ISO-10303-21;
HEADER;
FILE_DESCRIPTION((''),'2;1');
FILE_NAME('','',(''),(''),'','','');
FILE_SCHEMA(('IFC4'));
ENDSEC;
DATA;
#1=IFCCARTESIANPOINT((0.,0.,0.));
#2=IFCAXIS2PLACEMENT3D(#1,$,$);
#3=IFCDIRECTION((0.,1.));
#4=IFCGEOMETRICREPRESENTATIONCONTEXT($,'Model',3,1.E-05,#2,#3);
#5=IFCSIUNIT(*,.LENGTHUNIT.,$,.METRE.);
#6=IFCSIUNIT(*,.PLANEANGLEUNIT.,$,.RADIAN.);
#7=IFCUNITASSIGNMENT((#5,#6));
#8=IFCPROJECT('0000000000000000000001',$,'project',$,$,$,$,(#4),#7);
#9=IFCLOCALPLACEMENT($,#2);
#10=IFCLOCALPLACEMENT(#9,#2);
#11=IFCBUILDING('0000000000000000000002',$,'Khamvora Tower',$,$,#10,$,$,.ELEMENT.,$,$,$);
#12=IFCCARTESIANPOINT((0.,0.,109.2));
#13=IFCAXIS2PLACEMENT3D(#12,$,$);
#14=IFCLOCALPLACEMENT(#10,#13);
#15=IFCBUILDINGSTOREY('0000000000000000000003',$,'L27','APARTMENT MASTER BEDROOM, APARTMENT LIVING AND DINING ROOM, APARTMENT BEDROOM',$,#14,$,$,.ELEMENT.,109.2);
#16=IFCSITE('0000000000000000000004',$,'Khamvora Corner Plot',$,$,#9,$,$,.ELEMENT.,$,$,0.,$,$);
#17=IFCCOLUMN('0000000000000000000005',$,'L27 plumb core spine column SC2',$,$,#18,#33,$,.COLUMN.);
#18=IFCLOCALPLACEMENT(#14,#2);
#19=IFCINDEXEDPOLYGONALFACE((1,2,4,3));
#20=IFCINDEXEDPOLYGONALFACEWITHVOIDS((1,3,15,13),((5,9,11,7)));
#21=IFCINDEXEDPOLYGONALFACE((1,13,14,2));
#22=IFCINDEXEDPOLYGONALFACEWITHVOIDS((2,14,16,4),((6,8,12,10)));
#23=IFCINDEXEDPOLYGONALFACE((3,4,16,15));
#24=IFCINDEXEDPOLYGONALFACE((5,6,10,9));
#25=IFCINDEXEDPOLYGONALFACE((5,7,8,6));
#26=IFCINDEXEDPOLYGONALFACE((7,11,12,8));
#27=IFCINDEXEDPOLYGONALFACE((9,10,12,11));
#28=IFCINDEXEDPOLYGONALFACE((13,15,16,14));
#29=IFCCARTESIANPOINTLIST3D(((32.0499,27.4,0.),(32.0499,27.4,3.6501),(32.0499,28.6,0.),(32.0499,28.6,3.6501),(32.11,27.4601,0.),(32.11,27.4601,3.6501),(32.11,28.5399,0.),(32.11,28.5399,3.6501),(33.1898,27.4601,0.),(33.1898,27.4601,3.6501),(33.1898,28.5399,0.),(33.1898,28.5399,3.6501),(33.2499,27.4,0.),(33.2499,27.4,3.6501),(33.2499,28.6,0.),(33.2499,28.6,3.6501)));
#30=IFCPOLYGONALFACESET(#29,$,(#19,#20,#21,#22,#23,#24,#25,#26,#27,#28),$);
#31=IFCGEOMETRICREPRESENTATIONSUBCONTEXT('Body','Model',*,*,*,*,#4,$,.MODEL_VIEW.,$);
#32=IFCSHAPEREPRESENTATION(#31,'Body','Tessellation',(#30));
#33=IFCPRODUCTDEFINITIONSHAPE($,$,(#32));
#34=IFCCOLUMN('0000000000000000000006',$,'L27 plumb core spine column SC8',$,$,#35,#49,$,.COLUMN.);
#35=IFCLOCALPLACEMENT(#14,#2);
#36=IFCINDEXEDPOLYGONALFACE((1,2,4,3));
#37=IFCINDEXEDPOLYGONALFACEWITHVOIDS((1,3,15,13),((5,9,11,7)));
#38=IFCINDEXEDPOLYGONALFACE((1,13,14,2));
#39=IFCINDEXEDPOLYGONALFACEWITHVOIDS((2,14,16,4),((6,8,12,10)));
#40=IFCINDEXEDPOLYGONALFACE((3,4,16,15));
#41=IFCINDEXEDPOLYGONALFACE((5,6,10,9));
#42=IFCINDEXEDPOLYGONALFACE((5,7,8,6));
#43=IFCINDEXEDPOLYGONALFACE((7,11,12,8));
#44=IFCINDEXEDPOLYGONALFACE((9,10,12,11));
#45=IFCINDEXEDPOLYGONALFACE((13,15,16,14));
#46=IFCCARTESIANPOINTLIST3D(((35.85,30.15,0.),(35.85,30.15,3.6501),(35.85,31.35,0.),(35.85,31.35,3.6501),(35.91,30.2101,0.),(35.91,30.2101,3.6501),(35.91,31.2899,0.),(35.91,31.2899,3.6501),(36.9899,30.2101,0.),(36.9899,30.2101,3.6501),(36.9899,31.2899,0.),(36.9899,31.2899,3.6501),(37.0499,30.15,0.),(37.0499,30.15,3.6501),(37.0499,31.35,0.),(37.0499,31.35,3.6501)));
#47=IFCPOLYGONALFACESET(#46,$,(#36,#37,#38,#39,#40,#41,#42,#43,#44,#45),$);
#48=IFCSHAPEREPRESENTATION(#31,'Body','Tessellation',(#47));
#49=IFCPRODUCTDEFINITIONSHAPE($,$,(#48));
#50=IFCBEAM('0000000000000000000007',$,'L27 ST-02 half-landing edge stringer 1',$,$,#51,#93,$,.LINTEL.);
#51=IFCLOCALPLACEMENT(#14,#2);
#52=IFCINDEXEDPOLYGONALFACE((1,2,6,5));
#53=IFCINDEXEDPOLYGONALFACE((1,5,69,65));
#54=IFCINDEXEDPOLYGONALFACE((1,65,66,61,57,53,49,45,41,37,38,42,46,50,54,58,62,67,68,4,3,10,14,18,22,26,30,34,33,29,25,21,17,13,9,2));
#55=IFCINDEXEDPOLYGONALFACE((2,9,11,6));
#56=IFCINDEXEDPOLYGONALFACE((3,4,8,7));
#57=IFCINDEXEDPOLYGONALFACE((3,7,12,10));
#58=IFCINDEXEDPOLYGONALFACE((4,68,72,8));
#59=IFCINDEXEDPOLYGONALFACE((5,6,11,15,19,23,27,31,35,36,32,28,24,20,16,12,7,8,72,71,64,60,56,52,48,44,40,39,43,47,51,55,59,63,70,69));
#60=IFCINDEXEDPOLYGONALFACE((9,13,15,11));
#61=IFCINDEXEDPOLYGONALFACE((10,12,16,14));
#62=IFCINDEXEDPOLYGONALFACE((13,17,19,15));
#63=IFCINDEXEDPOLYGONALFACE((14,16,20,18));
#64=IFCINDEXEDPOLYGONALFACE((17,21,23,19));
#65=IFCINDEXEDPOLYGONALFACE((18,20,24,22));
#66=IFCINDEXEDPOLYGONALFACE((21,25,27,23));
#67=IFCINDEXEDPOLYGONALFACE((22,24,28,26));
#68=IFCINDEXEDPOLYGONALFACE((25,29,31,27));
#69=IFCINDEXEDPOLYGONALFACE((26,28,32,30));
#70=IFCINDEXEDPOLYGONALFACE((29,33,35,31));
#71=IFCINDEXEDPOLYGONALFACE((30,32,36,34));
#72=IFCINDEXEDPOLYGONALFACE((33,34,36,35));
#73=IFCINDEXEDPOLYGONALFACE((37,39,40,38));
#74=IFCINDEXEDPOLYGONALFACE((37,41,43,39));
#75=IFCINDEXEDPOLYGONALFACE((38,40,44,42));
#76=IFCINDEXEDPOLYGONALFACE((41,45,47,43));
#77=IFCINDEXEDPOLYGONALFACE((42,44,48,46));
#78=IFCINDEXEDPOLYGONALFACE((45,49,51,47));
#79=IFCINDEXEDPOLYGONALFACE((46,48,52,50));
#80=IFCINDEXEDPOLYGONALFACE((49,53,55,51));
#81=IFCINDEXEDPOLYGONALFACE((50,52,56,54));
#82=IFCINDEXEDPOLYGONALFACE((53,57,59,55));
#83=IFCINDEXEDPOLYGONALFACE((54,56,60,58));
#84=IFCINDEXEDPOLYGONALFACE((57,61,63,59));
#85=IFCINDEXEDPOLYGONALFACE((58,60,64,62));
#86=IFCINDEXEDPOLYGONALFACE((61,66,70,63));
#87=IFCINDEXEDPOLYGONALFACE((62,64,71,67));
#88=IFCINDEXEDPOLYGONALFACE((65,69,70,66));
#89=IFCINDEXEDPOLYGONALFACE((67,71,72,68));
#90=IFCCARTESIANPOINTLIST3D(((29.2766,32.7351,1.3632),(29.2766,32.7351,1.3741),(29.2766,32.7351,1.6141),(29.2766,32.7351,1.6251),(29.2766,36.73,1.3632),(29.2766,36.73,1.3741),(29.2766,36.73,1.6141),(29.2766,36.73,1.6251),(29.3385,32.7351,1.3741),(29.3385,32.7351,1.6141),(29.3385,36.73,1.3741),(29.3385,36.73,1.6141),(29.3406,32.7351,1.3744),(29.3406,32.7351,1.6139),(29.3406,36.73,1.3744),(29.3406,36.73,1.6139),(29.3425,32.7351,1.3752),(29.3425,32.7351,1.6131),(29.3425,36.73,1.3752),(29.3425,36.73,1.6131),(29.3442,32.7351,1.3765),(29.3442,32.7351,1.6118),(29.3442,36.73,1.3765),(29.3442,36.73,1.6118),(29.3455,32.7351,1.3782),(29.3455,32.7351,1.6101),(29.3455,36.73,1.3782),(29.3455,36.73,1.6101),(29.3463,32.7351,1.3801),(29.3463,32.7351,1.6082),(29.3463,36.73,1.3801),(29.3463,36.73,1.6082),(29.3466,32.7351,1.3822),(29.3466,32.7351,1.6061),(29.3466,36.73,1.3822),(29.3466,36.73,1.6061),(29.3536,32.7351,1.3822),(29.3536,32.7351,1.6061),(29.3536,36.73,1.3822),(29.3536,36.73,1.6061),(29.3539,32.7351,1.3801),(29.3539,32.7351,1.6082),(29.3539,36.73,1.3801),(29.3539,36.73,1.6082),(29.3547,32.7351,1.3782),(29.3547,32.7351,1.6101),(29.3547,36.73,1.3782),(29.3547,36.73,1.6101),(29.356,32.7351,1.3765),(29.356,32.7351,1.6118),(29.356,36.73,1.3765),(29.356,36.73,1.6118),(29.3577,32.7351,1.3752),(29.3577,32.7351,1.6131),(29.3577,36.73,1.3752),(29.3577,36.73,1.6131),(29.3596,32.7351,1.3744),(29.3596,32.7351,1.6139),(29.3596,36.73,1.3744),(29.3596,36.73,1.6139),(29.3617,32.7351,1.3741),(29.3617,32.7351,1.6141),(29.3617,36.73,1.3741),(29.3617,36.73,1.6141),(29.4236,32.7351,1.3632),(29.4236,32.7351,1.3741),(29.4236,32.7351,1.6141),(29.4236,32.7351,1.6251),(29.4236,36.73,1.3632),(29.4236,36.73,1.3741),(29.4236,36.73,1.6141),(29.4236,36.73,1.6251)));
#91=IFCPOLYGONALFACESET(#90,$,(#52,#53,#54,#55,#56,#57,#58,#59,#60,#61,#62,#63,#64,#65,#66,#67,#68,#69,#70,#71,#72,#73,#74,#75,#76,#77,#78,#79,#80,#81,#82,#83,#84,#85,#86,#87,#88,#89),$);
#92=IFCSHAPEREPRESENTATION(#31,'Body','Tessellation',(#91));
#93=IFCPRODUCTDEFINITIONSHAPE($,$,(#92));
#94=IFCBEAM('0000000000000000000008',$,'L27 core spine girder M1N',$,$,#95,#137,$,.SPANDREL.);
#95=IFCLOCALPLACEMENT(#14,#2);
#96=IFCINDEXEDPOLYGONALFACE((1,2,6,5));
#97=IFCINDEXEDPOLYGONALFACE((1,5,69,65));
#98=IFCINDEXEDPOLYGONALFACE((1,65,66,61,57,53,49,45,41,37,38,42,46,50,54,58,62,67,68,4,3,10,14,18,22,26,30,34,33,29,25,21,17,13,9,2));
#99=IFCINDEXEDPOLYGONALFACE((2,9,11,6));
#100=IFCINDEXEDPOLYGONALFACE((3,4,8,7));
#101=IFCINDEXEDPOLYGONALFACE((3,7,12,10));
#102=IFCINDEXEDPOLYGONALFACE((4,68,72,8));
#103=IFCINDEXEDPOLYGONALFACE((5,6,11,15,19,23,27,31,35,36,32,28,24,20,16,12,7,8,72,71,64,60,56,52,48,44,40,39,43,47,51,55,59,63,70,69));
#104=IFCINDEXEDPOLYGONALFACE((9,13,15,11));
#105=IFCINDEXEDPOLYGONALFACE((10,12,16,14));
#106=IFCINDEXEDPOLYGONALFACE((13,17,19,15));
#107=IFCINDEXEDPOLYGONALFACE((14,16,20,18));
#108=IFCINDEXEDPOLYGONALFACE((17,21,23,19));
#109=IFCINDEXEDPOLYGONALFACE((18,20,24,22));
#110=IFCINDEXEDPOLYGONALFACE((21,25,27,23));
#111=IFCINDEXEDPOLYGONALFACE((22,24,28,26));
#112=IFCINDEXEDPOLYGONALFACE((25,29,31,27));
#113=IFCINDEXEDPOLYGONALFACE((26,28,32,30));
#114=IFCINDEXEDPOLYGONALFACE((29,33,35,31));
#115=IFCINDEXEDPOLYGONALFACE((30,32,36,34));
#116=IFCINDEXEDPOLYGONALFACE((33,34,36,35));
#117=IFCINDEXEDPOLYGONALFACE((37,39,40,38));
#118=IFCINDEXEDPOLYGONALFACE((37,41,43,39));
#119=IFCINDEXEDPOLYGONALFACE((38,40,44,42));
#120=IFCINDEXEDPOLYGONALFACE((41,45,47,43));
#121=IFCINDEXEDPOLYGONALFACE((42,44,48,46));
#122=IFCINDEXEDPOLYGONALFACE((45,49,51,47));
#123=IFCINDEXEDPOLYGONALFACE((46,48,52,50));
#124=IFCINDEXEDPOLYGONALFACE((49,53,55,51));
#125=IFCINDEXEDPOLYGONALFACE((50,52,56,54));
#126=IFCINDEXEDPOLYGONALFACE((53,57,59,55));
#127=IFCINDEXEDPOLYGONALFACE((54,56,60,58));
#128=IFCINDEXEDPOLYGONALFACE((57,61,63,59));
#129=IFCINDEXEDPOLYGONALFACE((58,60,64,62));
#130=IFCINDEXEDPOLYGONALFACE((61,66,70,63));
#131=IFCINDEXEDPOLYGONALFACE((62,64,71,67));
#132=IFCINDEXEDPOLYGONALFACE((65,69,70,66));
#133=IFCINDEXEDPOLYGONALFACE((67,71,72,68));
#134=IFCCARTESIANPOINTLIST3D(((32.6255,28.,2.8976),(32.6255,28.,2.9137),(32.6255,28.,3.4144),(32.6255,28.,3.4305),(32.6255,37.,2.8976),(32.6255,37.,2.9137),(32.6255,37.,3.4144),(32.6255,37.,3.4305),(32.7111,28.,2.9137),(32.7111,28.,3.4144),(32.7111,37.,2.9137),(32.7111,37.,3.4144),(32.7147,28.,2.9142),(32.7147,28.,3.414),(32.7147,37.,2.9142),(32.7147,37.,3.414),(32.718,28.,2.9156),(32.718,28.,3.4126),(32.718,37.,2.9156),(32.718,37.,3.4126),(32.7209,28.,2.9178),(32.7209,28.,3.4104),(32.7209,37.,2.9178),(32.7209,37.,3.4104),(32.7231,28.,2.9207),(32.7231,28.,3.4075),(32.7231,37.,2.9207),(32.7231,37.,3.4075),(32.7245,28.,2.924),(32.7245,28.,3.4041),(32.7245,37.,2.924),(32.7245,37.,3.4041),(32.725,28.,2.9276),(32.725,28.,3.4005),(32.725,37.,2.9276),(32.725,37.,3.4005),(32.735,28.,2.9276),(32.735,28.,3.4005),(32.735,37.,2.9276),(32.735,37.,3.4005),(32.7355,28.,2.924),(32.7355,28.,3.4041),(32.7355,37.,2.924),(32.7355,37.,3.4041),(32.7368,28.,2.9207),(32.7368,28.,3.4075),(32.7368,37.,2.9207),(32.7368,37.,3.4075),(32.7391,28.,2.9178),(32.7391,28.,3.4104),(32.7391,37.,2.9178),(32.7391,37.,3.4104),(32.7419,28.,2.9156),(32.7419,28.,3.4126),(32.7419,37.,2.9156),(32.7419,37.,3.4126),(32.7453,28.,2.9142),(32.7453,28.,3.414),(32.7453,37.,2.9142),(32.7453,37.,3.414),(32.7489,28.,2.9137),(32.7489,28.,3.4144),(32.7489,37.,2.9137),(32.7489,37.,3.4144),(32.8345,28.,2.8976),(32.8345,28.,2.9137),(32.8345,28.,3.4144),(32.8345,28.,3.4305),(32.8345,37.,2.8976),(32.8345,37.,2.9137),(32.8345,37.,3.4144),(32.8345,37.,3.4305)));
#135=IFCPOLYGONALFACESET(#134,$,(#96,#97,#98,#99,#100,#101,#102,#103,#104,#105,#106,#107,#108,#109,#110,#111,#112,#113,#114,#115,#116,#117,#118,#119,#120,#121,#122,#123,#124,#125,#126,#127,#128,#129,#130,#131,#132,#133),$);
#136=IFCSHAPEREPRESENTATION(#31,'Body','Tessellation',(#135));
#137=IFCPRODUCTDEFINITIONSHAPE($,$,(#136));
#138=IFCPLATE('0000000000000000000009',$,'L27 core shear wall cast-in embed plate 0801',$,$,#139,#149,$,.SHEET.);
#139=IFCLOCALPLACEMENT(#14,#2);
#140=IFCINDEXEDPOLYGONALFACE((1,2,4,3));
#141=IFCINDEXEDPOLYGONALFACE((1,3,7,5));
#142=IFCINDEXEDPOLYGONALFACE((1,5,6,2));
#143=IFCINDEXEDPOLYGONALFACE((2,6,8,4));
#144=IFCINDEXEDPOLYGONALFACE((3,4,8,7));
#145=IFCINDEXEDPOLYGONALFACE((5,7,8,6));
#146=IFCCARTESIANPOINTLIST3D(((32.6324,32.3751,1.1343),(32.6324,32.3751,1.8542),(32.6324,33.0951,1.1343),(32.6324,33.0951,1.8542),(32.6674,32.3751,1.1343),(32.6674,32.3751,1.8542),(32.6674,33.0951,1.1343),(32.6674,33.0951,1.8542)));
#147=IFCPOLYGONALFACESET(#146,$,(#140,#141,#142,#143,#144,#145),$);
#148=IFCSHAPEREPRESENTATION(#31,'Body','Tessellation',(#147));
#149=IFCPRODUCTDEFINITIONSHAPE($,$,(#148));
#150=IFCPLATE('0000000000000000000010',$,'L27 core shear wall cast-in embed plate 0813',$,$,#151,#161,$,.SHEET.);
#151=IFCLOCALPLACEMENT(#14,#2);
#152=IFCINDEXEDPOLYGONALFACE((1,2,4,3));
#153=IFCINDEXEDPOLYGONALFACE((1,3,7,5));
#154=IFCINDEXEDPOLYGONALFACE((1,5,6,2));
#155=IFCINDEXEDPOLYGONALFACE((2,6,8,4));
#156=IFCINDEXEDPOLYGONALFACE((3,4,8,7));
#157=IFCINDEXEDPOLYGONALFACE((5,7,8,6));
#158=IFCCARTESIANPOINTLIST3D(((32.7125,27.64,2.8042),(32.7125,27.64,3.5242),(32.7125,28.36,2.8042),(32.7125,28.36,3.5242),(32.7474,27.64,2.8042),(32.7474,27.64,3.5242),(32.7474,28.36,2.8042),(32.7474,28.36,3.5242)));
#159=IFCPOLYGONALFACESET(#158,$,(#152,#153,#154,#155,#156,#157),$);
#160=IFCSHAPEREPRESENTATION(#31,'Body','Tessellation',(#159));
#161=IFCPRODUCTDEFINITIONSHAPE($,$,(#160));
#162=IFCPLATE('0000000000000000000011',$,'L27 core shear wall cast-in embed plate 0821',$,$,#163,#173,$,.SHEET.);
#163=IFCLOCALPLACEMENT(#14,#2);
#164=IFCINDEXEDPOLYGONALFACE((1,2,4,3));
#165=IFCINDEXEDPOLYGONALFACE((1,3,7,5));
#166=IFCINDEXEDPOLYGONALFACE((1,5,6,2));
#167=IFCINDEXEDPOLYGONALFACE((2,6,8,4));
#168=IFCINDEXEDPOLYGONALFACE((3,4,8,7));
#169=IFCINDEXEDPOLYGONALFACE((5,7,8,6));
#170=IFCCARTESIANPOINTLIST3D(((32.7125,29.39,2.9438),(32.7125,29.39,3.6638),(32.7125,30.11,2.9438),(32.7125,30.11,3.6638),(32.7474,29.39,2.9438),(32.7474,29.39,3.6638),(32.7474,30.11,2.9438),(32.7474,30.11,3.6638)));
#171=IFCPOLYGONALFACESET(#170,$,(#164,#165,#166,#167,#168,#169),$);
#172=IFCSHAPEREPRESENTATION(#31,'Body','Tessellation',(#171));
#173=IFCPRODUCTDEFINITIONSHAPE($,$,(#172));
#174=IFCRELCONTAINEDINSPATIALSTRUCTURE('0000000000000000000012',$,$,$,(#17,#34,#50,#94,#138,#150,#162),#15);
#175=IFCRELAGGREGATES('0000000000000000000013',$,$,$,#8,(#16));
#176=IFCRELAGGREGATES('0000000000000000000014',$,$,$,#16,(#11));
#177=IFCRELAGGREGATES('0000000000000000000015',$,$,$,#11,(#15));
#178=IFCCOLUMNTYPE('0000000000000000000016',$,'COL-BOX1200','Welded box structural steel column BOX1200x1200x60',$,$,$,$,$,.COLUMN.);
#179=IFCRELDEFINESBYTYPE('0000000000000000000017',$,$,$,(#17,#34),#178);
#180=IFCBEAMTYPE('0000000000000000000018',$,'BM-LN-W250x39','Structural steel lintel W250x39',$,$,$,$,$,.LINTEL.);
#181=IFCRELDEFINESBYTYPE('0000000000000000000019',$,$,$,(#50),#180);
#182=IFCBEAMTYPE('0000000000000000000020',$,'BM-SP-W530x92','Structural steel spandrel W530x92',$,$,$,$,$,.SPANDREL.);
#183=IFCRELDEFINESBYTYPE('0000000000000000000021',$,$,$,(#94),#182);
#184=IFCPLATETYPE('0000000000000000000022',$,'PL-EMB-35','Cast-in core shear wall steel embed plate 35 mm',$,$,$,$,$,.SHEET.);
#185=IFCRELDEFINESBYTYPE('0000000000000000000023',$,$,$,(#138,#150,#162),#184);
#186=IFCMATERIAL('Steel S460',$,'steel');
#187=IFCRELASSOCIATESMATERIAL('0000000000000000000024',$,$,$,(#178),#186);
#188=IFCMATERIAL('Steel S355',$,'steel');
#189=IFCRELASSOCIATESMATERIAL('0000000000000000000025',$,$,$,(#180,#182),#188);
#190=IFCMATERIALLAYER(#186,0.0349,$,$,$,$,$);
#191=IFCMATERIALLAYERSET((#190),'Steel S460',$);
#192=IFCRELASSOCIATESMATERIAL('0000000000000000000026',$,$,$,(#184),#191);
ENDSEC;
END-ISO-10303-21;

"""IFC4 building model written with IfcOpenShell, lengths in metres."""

from ifc_helpers import new_model, si_unit, direction, frame, origin, origin_2d, place, context, subcontext, project, spatial, rectangle, hollow_rectangle, i_section, extrude, material, layer, layer_set, material_profile, profile_set, type_object, element, save


model = new_model("IFC4")

# Units and contexts
model_context = context("Model", 3, precision=1e-05, world=origin(), true_north=direction((0.0, 1.0)))
body_context = subcontext(model_context, "Body", "Model", "MODEL_VIEW")
ifc_project = project(units=[si_unit("LENGTHUNIT", "METRE"), si_unit("PLANEANGLEUNIT", "RADIAN")], contexts=[model_context])

# Site, building, storey
site_placement = place(None, origin())
site = spatial("IfcSite", under=ifc_project, at=site_placement, Name="Khamvora Corner Plot", CompositionType="ELEMENT", RefElevation=0.0)
building_placement = place(site_placement, origin())
building = spatial("IfcBuilding", under=site, at=building_placement, Name="Khamvora Tower", CompositionType="ELEMENT")
storey_placement = place(building_placement, frame((0.0, 0.0, 109.2)))
storey = spatial("IfcBuildingStorey", under=building, at=storey_placement, Name="L27", Description="APARTMENT MASTER BEDROOM, APARTMENT LIVING AND DINING ROOM, APARTMENT BEDROOM", CompositionType="ELEMENT", Elevation=109.2)

# Columns
ifc_material_1 = material(Name="Steel S460", Category="steel")
ifc_material_profile_1 = material_profile(ifc_material_1, hollow_rectangle(XDim=1.2, YDim=1.2, WallThickness=0.0601, at=origin_2d()), Name="BOX1200x1200x60")
ifc_profile_set_1 = profile_set([ifc_material_profile_1], Name="Steel S460")
column_type = type_object("IfcColumnType", Name="COL-BOX1200", Description="Welded box structural steel column BOX1200x1200x60", PredefinedType="COLUMN", material=ifc_profile_set_1)
for number, where, z_axis, x_axis, name in (
    (1, (32.6499, 28.0, 0.0), (0.0, 0.0, 1.0), (1.0, 0.0, 0.0), "L27 plumb core spine column SC2"),
    (2, (36.45, 30.75, 0.0), (0.0, 0.0, 1.0), (1.0, 0.0, 0.0), "L27 plumb core spine column SC8"),
):
    element("IfcColumn", number, at=place(storey_placement, frame(where, z_axis=z_axis, x_axis=x_axis)), inside=storey, type_object=column_type, Name=name, PredefinedType="COLUMN", context=body_context, shape_type="SweptSolid", body=[
        extrude(hollow_rectangle(XDim=1.2, YDim=1.2, WallThickness=0.0601, at=origin_2d()), origin(), (0.0, 0.0, 1.0), 3.6501),
    ])

# Beams
ifc_material_2 = material(Name="Steel S355", Category="steel")
ifc_material_profile_2 = material_profile(ifc_material_2, i_section(OverallWidth=0.147, OverallDepth=0.262, WebThickness=0.0071, FlangeThickness=0.011, FilletRadius=0.0081, at=origin_2d()), Name="W250x39")
ifc_profile_set_2 = profile_set([ifc_material_profile_2], Name="Steel S355")
beam_type_1 = type_object("IfcBeamType", Name="BM-LN-W250x39", Description="Structural steel lintel W250x39", PredefinedType="LINTEL", material=ifc_profile_set_2)
beam_1_placement = place(storey_placement, frame((29.3501, 32.7351, 1.4941), z_axis=(0.0, 1.0, 0.0), x_axis=(-1.0, 0.0, 0.0)))
element("IfcBeam", 3, at=beam_1_placement, inside=storey, type_object=beam_type_1, Name="L27 ST-02 half-landing edge stringer 1", PredefinedType="LINTEL", context=body_context, shape_type="SweptSolid", body=[
    extrude(i_section(OverallWidth=0.147, OverallDepth=0.262, WebThickness=0.0071, FlangeThickness=0.011, FilletRadius=0.0081, at=origin_2d()), origin(), (0.0, 0.0, 1.0), 3.9949),
])
ifc_material_profile_3 = material_profile(ifc_material_2, i_section(OverallWidth=0.209, OverallDepth=0.533, WebThickness=0.01, FlangeThickness=0.0161, FilletRadius=0.0139, at=origin_2d()), Name="W530x92")
ifc_profile_set_3 = profile_set([ifc_material_profile_3], Name="Steel S355")
beam_type_2 = type_object("IfcBeamType", Name="BM-SP-W530x92", Description="Structural steel spandrel W530x92", PredefinedType="SPANDREL", material=ifc_profile_set_3)
beam_2_placement = place(storey_placement, frame((32.73, 28.0, 3.1641), z_axis=(0.0, 1.0, 0.0), x_axis=(-1.0, 0.0, 0.0)))
element("IfcBeam", 4, at=beam_2_placement, inside=storey, type_object=beam_type_2, Name="L27 core spine girder M1N", PredefinedType="SPANDREL", context=body_context, shape_type="SweptSolid", body=[
    extrude(i_section(OverallWidth=0.209, OverallDepth=0.533, WebThickness=0.01, FlangeThickness=0.0161, FilletRadius=0.0139, at=origin_2d()), origin(), (0.0, 0.0, 1.0), 9.0),
])

# Plates
ifc_layer_1 = layer(ifc_material_1, 0.0349)
ifc_layer_set_1 = layer_set([ifc_layer_1], Name="Steel S460")
plate_type = type_object("IfcPlateType", Name="PL-EMB-35", Description="Cast-in core shear wall steel embed plate 35 mm", PredefinedType="SHEET", material=ifc_layer_set_1)
for number, where, z_axis, x_axis, name in (
    (5, (32.6499, 32.7351, 1.1343), (0.0, 0.0, 1.0), (1.0, 0.0, 0.0), "L27 core shear wall cast-in embed plate 0801"),
    (6, (32.73, 28.0, 2.8042), (0.0, 0.0, 1.0), (1.0, 0.0, 0.0), "L27 core shear wall cast-in embed plate 0813"),
    (7, (32.73, 29.75, 2.9438), (0.0, 0.0, 1.0), (1.0, 0.0, 0.0), "L27 core shear wall cast-in embed plate 0821"),
):
    element("IfcPlate", number, at=place(storey_placement, frame(where, z_axis=z_axis, x_axis=x_axis)), inside=storey, type_object=plate_type, Name=name, PredefinedType="SHEET", context=body_context, shape_type="SweptSolid", body=[
        extrude(rectangle(XDim=0.0349, YDim=0.72, at=origin_2d()), origin(), (0.0, 0.0, 1.0), 0.72),
    ])

save(model, "model.ifc")
